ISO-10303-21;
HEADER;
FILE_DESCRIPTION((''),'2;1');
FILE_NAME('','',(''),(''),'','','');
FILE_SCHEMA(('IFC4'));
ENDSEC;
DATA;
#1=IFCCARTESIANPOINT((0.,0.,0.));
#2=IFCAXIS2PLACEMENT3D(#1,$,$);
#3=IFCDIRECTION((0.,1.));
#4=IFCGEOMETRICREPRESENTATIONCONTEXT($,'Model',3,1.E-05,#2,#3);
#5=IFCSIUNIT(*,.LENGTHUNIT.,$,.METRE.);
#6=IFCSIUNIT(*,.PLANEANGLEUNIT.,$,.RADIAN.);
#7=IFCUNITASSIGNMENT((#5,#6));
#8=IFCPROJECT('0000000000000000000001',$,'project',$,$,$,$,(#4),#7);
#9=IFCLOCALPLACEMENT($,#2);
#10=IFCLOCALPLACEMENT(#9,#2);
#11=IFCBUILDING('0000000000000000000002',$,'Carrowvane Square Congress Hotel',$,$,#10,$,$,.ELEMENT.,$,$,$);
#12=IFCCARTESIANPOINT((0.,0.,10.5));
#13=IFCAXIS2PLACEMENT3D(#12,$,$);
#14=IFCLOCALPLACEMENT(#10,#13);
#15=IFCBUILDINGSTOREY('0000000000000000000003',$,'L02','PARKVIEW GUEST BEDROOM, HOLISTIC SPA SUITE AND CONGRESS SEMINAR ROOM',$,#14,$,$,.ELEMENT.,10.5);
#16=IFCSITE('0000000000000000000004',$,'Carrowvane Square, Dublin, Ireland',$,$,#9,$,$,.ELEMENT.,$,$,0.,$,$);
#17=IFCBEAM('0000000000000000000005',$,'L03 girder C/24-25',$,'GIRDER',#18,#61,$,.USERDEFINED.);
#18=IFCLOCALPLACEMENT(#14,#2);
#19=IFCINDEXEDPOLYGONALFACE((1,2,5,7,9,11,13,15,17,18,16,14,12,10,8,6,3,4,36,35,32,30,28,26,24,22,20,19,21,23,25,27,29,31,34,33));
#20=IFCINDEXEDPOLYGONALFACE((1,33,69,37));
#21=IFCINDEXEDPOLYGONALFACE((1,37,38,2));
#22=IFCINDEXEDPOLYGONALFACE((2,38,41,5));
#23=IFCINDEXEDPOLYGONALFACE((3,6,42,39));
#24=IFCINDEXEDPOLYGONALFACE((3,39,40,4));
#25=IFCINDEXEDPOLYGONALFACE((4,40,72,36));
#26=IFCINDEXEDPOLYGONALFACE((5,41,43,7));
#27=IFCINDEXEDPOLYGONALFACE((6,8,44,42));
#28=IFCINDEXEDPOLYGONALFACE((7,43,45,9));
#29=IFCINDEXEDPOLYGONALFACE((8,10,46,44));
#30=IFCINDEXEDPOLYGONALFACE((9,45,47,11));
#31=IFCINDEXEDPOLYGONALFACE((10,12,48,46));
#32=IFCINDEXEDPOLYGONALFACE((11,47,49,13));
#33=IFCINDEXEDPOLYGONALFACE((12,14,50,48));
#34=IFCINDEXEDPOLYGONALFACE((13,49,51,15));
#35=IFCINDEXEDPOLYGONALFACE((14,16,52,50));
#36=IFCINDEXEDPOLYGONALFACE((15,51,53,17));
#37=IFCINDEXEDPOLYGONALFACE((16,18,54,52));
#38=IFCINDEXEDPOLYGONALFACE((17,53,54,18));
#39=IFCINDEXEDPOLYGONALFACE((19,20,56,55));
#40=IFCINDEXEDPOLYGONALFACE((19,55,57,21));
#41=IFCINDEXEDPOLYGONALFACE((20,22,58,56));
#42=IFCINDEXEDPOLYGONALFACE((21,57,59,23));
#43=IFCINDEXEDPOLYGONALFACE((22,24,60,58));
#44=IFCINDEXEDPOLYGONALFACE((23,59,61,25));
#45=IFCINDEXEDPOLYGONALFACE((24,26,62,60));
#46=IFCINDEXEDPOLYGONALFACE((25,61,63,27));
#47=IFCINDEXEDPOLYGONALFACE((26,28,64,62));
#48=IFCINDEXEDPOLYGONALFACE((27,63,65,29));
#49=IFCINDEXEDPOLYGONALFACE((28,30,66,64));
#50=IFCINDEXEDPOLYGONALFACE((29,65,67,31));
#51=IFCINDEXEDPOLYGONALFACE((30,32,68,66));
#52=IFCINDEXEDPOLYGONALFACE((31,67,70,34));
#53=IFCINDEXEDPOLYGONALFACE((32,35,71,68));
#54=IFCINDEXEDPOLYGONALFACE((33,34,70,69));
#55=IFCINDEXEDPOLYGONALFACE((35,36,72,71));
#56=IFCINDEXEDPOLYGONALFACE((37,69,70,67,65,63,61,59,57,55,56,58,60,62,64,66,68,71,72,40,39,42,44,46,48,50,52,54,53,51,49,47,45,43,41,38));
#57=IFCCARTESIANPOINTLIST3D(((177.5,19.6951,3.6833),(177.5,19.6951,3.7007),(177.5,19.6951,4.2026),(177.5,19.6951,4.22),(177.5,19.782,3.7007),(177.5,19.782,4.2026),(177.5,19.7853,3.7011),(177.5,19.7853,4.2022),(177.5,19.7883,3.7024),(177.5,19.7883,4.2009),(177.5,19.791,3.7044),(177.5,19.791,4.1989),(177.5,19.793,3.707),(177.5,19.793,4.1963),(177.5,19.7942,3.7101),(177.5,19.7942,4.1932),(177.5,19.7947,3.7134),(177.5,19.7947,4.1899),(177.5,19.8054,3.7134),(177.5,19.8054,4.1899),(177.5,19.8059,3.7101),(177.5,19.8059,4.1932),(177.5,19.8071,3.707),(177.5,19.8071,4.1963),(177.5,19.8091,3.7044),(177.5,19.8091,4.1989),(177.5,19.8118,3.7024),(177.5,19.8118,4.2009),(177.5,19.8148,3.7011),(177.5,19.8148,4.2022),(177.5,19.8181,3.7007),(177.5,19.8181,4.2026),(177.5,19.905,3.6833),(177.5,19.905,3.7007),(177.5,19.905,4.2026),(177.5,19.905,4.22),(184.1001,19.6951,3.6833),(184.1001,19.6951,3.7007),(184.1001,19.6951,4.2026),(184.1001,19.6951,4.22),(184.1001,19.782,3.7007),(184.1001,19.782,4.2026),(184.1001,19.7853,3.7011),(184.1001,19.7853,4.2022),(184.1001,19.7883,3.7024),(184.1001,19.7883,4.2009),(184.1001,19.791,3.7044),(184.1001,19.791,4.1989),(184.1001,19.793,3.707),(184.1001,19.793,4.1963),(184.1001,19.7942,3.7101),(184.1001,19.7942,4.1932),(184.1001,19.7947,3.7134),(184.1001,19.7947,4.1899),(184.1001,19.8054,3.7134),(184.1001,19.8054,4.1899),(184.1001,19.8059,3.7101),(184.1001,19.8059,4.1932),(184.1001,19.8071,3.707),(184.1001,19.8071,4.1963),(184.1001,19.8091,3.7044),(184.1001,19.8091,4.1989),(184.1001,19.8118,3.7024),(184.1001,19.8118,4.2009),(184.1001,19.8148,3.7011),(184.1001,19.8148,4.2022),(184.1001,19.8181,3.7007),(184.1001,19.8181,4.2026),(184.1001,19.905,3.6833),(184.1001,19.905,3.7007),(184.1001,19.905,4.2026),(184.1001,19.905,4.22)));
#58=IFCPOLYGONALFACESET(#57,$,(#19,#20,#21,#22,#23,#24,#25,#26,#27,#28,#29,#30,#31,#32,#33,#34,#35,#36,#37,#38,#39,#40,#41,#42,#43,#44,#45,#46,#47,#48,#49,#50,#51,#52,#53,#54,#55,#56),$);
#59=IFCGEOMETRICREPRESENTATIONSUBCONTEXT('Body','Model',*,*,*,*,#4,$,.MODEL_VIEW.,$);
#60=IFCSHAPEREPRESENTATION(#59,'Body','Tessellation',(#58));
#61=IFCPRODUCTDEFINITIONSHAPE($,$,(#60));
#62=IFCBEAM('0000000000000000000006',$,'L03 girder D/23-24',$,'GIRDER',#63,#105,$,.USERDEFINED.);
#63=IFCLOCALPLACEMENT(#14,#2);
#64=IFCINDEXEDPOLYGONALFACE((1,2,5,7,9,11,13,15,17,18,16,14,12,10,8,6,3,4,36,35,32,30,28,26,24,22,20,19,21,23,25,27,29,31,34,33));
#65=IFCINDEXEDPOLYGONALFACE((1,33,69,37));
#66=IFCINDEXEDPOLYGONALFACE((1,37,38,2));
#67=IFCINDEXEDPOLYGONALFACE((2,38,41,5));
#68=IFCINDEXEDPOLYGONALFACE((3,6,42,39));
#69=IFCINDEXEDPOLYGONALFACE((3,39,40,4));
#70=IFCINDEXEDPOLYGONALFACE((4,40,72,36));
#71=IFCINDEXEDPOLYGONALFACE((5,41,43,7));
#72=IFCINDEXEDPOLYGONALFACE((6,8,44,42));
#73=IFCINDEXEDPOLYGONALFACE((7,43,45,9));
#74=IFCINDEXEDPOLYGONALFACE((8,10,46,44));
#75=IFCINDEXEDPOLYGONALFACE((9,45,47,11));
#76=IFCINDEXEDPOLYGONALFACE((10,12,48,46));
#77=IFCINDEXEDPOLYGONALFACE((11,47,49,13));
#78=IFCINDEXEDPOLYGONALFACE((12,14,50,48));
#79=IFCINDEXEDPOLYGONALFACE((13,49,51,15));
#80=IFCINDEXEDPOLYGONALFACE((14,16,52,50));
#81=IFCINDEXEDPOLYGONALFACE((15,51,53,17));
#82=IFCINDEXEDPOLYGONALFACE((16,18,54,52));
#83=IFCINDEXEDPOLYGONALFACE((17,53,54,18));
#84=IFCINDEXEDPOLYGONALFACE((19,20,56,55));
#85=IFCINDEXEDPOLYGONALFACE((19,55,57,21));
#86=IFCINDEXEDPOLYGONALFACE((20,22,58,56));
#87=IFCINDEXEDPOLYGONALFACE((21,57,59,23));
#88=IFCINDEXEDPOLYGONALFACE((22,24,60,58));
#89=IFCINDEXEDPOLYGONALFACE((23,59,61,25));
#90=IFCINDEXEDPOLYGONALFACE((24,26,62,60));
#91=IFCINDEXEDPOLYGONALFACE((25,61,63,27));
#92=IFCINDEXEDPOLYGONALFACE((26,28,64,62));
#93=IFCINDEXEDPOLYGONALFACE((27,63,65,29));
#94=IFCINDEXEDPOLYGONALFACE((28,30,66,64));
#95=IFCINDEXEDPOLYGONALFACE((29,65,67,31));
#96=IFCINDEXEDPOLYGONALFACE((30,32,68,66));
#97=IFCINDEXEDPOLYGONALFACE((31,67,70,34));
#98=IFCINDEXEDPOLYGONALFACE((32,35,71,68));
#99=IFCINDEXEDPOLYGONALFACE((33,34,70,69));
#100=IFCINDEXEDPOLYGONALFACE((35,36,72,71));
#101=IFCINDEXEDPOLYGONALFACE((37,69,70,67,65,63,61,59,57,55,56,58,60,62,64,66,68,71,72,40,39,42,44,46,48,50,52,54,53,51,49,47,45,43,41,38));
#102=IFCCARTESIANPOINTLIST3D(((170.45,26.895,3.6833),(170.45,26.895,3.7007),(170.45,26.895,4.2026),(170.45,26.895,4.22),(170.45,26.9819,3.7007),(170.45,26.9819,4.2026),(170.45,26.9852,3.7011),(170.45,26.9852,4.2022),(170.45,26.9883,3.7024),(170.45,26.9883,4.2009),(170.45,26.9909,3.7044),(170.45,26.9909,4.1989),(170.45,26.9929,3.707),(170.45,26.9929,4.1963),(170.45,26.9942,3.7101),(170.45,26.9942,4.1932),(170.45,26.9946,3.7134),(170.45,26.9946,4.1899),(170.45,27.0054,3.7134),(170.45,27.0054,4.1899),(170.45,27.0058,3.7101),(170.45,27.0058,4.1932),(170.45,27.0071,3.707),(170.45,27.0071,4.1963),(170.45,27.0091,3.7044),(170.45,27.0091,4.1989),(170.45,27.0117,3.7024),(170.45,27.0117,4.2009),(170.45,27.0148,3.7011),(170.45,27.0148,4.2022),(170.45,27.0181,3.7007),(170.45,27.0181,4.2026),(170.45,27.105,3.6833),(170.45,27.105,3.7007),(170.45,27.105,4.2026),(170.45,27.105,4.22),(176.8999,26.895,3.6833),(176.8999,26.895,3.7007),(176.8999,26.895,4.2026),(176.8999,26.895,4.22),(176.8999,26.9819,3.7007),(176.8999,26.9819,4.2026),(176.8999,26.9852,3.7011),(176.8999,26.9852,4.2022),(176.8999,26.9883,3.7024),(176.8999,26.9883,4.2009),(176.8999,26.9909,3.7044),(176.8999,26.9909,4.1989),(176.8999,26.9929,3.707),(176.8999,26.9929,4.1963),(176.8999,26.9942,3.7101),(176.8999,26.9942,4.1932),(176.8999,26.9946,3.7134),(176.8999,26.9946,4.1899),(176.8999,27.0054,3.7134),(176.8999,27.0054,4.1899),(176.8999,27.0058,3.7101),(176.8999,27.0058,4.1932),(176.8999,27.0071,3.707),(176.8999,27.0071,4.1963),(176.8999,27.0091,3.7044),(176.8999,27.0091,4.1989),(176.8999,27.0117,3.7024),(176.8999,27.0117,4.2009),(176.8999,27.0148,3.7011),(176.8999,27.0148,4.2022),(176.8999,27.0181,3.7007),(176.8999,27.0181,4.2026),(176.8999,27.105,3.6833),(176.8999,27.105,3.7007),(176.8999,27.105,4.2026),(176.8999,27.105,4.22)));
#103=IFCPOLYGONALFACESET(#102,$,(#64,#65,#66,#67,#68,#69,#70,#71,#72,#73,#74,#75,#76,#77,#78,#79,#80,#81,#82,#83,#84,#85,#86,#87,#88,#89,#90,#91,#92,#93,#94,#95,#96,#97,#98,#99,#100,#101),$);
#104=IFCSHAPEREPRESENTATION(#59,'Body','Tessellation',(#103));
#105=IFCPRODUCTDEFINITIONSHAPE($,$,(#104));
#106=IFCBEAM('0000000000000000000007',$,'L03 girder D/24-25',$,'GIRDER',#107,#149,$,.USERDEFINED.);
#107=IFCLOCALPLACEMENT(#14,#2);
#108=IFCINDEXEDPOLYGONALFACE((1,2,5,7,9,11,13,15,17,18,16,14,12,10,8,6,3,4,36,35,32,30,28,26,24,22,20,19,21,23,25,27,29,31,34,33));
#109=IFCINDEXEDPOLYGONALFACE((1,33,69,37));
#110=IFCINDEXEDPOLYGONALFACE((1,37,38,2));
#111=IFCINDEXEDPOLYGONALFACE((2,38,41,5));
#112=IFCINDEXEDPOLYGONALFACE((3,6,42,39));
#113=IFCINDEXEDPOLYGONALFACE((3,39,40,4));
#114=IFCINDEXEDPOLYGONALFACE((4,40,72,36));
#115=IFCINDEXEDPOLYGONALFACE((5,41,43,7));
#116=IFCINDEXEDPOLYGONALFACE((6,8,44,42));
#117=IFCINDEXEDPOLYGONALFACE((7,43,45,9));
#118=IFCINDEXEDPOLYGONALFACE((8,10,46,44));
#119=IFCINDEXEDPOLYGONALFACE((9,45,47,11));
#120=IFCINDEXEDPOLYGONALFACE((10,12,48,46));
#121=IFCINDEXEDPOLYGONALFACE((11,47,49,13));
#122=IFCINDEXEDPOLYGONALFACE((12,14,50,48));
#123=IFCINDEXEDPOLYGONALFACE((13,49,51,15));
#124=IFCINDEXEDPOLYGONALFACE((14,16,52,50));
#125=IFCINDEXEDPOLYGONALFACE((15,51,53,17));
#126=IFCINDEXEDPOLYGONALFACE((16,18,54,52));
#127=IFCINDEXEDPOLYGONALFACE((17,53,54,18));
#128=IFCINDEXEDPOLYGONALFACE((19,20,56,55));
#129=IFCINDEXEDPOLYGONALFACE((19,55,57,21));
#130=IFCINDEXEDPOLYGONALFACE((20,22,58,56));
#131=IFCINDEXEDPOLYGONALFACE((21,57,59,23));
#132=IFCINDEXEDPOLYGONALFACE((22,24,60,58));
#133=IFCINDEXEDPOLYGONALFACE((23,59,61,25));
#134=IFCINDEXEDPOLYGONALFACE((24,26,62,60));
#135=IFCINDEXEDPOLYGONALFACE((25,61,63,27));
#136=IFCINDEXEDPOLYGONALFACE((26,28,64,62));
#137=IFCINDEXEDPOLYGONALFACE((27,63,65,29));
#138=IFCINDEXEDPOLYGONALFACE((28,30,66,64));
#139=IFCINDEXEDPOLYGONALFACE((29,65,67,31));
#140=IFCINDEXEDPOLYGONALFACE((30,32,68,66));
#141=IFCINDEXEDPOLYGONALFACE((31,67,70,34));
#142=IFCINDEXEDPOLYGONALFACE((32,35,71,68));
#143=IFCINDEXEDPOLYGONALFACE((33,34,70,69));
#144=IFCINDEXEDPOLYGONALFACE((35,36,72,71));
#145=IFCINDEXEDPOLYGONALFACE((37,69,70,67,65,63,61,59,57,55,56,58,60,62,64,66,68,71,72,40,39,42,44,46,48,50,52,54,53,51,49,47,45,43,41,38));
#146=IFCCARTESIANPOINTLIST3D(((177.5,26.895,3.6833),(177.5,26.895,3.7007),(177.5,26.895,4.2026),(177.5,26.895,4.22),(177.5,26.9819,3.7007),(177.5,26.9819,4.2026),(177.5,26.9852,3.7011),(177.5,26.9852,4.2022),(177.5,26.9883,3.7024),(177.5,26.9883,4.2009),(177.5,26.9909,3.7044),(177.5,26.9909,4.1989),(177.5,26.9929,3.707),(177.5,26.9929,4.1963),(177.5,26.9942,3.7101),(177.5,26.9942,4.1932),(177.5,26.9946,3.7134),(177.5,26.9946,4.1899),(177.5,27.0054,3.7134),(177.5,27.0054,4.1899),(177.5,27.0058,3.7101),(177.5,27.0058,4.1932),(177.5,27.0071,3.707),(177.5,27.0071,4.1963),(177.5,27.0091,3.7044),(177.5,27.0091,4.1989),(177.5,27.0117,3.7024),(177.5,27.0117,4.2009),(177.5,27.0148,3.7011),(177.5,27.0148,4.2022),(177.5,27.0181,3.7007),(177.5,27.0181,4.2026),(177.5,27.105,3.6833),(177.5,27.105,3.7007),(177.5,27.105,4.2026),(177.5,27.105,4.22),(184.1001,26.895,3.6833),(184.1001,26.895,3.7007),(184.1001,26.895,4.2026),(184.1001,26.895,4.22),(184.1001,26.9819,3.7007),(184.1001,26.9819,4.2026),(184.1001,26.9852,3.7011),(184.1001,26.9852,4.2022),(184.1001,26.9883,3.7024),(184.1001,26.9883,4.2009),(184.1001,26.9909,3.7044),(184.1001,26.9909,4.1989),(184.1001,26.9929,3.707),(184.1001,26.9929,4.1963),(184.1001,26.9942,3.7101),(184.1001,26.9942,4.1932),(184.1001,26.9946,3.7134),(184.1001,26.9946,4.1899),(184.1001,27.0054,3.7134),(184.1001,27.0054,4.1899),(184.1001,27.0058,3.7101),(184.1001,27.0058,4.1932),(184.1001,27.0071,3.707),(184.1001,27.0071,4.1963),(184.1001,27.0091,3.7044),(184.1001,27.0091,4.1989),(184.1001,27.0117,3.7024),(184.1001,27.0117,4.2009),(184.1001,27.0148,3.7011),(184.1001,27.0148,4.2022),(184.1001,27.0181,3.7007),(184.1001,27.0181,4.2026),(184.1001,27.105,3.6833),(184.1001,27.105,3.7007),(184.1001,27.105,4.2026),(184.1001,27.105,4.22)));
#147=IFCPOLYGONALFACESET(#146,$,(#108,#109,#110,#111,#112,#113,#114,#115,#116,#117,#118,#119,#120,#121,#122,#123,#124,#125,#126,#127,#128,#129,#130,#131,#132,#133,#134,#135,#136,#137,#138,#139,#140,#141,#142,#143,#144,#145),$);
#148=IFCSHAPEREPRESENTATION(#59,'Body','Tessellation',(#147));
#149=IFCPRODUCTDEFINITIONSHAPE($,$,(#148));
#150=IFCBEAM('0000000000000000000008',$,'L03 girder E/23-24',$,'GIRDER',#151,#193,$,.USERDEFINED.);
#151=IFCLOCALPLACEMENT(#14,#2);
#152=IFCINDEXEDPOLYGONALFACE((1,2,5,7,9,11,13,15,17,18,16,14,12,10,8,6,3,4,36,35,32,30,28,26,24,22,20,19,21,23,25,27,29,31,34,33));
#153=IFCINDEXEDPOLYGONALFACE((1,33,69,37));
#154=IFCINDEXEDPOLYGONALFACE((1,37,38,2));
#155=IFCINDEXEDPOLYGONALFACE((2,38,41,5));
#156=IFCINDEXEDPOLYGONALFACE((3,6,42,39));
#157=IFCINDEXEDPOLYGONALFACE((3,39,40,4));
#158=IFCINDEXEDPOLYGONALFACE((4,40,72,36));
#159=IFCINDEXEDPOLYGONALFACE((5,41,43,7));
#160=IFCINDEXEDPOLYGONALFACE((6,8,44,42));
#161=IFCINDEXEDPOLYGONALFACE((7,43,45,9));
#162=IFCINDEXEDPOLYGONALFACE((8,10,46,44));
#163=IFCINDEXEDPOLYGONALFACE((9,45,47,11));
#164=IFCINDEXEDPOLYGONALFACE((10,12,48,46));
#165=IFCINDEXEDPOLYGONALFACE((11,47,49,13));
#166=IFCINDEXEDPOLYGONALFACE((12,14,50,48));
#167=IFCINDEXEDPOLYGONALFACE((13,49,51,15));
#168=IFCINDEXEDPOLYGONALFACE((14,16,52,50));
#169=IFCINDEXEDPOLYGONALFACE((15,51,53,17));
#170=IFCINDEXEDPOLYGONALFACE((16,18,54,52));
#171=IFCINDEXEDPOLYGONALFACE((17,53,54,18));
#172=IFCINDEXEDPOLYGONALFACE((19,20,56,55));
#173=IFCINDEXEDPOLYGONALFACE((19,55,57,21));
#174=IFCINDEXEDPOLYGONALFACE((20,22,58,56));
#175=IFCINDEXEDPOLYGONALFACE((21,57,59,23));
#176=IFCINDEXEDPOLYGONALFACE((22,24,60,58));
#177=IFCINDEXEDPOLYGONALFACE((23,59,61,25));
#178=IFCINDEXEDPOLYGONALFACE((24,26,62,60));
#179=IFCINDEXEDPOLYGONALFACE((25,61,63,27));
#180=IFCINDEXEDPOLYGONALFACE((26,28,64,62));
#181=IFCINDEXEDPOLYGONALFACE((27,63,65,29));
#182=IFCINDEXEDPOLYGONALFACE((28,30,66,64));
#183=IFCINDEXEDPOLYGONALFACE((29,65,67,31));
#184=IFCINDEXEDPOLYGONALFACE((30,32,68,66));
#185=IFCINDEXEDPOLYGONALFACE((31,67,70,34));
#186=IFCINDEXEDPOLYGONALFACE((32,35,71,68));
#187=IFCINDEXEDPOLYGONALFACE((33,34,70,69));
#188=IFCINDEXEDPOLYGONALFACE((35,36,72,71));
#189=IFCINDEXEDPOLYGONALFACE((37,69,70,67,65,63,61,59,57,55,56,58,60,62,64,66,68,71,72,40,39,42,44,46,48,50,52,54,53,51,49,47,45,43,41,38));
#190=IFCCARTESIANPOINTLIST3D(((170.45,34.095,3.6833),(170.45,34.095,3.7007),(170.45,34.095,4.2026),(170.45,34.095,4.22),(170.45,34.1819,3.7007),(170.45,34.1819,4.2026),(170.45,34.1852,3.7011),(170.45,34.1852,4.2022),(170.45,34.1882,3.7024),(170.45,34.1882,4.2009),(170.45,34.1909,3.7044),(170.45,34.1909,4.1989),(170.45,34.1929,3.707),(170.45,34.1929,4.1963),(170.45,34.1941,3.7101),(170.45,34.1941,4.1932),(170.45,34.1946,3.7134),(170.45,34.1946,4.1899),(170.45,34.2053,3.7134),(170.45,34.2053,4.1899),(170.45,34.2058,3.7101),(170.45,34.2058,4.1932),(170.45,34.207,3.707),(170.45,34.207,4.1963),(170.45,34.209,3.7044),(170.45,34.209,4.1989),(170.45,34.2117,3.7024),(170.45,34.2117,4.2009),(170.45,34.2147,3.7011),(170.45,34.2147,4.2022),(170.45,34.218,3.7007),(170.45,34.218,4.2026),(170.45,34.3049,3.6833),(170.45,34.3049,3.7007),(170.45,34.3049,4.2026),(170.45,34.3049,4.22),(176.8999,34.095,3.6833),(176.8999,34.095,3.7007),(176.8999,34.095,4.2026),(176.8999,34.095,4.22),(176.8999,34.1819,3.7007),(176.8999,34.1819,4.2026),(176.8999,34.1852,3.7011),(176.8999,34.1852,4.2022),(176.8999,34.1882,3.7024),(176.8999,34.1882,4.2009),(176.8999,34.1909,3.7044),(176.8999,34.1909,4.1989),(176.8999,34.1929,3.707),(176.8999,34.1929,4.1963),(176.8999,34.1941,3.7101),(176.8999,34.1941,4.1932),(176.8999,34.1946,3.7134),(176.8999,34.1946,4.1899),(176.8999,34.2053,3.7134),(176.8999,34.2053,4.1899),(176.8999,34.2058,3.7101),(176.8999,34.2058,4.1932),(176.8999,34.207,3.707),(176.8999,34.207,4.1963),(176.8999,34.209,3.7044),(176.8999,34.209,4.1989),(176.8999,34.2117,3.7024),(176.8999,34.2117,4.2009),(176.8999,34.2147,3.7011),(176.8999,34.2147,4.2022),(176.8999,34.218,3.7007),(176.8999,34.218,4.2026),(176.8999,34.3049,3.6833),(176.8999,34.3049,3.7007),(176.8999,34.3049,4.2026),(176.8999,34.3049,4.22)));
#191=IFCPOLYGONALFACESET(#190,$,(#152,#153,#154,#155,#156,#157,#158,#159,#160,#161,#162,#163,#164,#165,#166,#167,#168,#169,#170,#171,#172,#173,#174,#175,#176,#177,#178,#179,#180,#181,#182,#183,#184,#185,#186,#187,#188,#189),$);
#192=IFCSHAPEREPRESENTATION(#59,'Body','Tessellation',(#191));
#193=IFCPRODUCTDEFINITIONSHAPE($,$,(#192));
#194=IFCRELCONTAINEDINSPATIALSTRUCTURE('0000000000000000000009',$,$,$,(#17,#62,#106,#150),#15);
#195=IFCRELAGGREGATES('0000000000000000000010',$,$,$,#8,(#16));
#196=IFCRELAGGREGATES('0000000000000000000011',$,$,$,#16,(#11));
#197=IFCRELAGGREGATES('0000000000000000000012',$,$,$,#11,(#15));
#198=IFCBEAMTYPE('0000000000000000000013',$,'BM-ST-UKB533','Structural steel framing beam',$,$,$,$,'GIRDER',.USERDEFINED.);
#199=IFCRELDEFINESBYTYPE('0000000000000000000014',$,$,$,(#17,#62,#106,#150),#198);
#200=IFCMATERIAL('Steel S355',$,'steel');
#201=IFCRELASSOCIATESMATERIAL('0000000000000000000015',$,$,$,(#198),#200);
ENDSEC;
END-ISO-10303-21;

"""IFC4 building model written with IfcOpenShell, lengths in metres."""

from ifc_helpers import new_model, si_unit, direction, frame, origin, origin_2d, place, context, subcontext, project, spatial, i_section, extrude, material, material_profile, profile_set, type_object, element, save


model = new_model("IFC4")

# Units and contexts
model_context = context("Model", 3, precision=1e-05, world=origin(), true_north=direction((0.0, 1.0)))
body_context = subcontext(model_context, "Body", "Model", "MODEL_VIEW")
ifc_project = project(units=[si_unit("LENGTHUNIT", "METRE"), si_unit("PLANEANGLEUNIT", "RADIAN")], contexts=[model_context])

# Site, building, storey
site_placement = place(None, origin())
site = spatial("IfcSite", under=ifc_project, at=site_placement, Name="Carrowvane Square, Dublin, Ireland", CompositionType="ELEMENT", RefElevation=0.0)
building_placement = place(site_placement, origin())
building = spatial("IfcBuilding", under=site, at=building_placement, Name="Carrowvane Square Congress Hotel", CompositionType="ELEMENT")
storey_placement = place(building_placement, frame((0.0, 0.0, 10.5)))
storey = spatial("IfcBuildingStorey", under=building, at=storey_placement, Name="L02", Description="PARKVIEW GUEST BEDROOM, HOLISTIC SPA SUITE AND CONGRESS SEMINAR ROOM", CompositionType="ELEMENT", Elevation=10.5)

# Beams
ifc_material_1 = material(Name="Steel S355", Category="steel")
ifc_material_profile_1 = material_profile(ifc_material_1, i_section(OverallWidth=0.21, OverallDepth=0.5366, WebThickness=0.0107, FlangeThickness=0.0173, FilletRadius=0.0127, at=origin_2d()), Name="UKB 533x210x101")
ifc_profile_set_1 = profile_set([ifc_material_profile_1], Name="Steel S355")
beam_type_1 = type_object("IfcBeamType", Name="BM-ST-UKB533", Description="Structural steel framing beam", ElementType="GIRDER", PredefinedType="USERDEFINED", material=ifc_profile_set_1)
beam_1_placement = place(storey_placement, frame((177.5, 19.8, 3.9517), z_axis=(1.0, 0.0, 0.0), x_axis=(0.0, 1.0, 0.0)))
element("IfcBeam", 1, at=beam_1_placement, inside=storey, type_object=beam_type_1, Name="L03 girder C/24-25", ObjectType="GIRDER", PredefinedType="USERDEFINED", context=body_context, shape_type="SweptSolid", body=[
    extrude(i_section(OverallWidth=0.21, OverallDepth=0.5366, WebThickness=0.0107, FlangeThickness=0.0173, FilletRadius=0.0127, at=origin_2d()), origin(), (0.0, 0.0, 1.0), 6.6001),
])
beam_2_placement = place(storey_placement, frame((170.45, 27.0, 3.9517), z_axis=(1.0, 0.0, 0.0), x_axis=(0.0, 1.0, 0.0)))
element("IfcBeam", 2, at=beam_2_placement, inside=storey, type_object=beam_type_1, Name="L03 girder D/23-24", ObjectType="GIRDER", PredefinedType="USERDEFINED", context=body_context, shape_type="SweptSolid", body=[
    extrude(i_section(OverallWidth=0.21, OverallDepth=0.5366, WebThickness=0.0107, FlangeThickness=0.0173, FilletRadius=0.0127, at=origin_2d()), origin(), (0.0, 0.0, 1.0), 6.45),
])
beam_3_placement = place(storey_placement, frame((177.5, 27.0, 3.9517), z_axis=(1.0, 0.0, 0.0), x_axis=(0.0, 1.0, 0.0)))
element("IfcBeam", 3, at=beam_3_placement, inside=storey, type_object=beam_type_1, Name="L03 girder D/24-25", ObjectType="GIRDER", PredefinedType="USERDEFINED", context=body_context, shape_type="SweptSolid", body=[
    extrude(i_section(OverallWidth=0.21, OverallDepth=0.5366, WebThickness=0.0107, FlangeThickness=0.0173, FilletRadius=0.0127, at=origin_2d()), origin(), (0.0, 0.0, 1.0), 6.6001),
])
beam_4_placement = place(storey_placement, frame((170.45, 34.2, 3.9517), z_axis=(1.0, 0.0, 0.0), x_axis=(0.0, 1.0, 0.0)))
element("IfcBeam", 4, at=beam_4_placement, inside=storey, type_object=beam_type_1, Name="L03 girder E/23-24", ObjectType="GIRDER", PredefinedType="USERDEFINED", context=body_context, shape_type="SweptSolid", body=[
    extrude(i_section(OverallWidth=0.21, OverallDepth=0.5366, WebThickness=0.0107, FlangeThickness=0.0173, FilletRadius=0.0127, at=origin_2d()), origin(), (0.0, 0.0, 1.0), 6.45),
])

save(model, "model.ifc")
